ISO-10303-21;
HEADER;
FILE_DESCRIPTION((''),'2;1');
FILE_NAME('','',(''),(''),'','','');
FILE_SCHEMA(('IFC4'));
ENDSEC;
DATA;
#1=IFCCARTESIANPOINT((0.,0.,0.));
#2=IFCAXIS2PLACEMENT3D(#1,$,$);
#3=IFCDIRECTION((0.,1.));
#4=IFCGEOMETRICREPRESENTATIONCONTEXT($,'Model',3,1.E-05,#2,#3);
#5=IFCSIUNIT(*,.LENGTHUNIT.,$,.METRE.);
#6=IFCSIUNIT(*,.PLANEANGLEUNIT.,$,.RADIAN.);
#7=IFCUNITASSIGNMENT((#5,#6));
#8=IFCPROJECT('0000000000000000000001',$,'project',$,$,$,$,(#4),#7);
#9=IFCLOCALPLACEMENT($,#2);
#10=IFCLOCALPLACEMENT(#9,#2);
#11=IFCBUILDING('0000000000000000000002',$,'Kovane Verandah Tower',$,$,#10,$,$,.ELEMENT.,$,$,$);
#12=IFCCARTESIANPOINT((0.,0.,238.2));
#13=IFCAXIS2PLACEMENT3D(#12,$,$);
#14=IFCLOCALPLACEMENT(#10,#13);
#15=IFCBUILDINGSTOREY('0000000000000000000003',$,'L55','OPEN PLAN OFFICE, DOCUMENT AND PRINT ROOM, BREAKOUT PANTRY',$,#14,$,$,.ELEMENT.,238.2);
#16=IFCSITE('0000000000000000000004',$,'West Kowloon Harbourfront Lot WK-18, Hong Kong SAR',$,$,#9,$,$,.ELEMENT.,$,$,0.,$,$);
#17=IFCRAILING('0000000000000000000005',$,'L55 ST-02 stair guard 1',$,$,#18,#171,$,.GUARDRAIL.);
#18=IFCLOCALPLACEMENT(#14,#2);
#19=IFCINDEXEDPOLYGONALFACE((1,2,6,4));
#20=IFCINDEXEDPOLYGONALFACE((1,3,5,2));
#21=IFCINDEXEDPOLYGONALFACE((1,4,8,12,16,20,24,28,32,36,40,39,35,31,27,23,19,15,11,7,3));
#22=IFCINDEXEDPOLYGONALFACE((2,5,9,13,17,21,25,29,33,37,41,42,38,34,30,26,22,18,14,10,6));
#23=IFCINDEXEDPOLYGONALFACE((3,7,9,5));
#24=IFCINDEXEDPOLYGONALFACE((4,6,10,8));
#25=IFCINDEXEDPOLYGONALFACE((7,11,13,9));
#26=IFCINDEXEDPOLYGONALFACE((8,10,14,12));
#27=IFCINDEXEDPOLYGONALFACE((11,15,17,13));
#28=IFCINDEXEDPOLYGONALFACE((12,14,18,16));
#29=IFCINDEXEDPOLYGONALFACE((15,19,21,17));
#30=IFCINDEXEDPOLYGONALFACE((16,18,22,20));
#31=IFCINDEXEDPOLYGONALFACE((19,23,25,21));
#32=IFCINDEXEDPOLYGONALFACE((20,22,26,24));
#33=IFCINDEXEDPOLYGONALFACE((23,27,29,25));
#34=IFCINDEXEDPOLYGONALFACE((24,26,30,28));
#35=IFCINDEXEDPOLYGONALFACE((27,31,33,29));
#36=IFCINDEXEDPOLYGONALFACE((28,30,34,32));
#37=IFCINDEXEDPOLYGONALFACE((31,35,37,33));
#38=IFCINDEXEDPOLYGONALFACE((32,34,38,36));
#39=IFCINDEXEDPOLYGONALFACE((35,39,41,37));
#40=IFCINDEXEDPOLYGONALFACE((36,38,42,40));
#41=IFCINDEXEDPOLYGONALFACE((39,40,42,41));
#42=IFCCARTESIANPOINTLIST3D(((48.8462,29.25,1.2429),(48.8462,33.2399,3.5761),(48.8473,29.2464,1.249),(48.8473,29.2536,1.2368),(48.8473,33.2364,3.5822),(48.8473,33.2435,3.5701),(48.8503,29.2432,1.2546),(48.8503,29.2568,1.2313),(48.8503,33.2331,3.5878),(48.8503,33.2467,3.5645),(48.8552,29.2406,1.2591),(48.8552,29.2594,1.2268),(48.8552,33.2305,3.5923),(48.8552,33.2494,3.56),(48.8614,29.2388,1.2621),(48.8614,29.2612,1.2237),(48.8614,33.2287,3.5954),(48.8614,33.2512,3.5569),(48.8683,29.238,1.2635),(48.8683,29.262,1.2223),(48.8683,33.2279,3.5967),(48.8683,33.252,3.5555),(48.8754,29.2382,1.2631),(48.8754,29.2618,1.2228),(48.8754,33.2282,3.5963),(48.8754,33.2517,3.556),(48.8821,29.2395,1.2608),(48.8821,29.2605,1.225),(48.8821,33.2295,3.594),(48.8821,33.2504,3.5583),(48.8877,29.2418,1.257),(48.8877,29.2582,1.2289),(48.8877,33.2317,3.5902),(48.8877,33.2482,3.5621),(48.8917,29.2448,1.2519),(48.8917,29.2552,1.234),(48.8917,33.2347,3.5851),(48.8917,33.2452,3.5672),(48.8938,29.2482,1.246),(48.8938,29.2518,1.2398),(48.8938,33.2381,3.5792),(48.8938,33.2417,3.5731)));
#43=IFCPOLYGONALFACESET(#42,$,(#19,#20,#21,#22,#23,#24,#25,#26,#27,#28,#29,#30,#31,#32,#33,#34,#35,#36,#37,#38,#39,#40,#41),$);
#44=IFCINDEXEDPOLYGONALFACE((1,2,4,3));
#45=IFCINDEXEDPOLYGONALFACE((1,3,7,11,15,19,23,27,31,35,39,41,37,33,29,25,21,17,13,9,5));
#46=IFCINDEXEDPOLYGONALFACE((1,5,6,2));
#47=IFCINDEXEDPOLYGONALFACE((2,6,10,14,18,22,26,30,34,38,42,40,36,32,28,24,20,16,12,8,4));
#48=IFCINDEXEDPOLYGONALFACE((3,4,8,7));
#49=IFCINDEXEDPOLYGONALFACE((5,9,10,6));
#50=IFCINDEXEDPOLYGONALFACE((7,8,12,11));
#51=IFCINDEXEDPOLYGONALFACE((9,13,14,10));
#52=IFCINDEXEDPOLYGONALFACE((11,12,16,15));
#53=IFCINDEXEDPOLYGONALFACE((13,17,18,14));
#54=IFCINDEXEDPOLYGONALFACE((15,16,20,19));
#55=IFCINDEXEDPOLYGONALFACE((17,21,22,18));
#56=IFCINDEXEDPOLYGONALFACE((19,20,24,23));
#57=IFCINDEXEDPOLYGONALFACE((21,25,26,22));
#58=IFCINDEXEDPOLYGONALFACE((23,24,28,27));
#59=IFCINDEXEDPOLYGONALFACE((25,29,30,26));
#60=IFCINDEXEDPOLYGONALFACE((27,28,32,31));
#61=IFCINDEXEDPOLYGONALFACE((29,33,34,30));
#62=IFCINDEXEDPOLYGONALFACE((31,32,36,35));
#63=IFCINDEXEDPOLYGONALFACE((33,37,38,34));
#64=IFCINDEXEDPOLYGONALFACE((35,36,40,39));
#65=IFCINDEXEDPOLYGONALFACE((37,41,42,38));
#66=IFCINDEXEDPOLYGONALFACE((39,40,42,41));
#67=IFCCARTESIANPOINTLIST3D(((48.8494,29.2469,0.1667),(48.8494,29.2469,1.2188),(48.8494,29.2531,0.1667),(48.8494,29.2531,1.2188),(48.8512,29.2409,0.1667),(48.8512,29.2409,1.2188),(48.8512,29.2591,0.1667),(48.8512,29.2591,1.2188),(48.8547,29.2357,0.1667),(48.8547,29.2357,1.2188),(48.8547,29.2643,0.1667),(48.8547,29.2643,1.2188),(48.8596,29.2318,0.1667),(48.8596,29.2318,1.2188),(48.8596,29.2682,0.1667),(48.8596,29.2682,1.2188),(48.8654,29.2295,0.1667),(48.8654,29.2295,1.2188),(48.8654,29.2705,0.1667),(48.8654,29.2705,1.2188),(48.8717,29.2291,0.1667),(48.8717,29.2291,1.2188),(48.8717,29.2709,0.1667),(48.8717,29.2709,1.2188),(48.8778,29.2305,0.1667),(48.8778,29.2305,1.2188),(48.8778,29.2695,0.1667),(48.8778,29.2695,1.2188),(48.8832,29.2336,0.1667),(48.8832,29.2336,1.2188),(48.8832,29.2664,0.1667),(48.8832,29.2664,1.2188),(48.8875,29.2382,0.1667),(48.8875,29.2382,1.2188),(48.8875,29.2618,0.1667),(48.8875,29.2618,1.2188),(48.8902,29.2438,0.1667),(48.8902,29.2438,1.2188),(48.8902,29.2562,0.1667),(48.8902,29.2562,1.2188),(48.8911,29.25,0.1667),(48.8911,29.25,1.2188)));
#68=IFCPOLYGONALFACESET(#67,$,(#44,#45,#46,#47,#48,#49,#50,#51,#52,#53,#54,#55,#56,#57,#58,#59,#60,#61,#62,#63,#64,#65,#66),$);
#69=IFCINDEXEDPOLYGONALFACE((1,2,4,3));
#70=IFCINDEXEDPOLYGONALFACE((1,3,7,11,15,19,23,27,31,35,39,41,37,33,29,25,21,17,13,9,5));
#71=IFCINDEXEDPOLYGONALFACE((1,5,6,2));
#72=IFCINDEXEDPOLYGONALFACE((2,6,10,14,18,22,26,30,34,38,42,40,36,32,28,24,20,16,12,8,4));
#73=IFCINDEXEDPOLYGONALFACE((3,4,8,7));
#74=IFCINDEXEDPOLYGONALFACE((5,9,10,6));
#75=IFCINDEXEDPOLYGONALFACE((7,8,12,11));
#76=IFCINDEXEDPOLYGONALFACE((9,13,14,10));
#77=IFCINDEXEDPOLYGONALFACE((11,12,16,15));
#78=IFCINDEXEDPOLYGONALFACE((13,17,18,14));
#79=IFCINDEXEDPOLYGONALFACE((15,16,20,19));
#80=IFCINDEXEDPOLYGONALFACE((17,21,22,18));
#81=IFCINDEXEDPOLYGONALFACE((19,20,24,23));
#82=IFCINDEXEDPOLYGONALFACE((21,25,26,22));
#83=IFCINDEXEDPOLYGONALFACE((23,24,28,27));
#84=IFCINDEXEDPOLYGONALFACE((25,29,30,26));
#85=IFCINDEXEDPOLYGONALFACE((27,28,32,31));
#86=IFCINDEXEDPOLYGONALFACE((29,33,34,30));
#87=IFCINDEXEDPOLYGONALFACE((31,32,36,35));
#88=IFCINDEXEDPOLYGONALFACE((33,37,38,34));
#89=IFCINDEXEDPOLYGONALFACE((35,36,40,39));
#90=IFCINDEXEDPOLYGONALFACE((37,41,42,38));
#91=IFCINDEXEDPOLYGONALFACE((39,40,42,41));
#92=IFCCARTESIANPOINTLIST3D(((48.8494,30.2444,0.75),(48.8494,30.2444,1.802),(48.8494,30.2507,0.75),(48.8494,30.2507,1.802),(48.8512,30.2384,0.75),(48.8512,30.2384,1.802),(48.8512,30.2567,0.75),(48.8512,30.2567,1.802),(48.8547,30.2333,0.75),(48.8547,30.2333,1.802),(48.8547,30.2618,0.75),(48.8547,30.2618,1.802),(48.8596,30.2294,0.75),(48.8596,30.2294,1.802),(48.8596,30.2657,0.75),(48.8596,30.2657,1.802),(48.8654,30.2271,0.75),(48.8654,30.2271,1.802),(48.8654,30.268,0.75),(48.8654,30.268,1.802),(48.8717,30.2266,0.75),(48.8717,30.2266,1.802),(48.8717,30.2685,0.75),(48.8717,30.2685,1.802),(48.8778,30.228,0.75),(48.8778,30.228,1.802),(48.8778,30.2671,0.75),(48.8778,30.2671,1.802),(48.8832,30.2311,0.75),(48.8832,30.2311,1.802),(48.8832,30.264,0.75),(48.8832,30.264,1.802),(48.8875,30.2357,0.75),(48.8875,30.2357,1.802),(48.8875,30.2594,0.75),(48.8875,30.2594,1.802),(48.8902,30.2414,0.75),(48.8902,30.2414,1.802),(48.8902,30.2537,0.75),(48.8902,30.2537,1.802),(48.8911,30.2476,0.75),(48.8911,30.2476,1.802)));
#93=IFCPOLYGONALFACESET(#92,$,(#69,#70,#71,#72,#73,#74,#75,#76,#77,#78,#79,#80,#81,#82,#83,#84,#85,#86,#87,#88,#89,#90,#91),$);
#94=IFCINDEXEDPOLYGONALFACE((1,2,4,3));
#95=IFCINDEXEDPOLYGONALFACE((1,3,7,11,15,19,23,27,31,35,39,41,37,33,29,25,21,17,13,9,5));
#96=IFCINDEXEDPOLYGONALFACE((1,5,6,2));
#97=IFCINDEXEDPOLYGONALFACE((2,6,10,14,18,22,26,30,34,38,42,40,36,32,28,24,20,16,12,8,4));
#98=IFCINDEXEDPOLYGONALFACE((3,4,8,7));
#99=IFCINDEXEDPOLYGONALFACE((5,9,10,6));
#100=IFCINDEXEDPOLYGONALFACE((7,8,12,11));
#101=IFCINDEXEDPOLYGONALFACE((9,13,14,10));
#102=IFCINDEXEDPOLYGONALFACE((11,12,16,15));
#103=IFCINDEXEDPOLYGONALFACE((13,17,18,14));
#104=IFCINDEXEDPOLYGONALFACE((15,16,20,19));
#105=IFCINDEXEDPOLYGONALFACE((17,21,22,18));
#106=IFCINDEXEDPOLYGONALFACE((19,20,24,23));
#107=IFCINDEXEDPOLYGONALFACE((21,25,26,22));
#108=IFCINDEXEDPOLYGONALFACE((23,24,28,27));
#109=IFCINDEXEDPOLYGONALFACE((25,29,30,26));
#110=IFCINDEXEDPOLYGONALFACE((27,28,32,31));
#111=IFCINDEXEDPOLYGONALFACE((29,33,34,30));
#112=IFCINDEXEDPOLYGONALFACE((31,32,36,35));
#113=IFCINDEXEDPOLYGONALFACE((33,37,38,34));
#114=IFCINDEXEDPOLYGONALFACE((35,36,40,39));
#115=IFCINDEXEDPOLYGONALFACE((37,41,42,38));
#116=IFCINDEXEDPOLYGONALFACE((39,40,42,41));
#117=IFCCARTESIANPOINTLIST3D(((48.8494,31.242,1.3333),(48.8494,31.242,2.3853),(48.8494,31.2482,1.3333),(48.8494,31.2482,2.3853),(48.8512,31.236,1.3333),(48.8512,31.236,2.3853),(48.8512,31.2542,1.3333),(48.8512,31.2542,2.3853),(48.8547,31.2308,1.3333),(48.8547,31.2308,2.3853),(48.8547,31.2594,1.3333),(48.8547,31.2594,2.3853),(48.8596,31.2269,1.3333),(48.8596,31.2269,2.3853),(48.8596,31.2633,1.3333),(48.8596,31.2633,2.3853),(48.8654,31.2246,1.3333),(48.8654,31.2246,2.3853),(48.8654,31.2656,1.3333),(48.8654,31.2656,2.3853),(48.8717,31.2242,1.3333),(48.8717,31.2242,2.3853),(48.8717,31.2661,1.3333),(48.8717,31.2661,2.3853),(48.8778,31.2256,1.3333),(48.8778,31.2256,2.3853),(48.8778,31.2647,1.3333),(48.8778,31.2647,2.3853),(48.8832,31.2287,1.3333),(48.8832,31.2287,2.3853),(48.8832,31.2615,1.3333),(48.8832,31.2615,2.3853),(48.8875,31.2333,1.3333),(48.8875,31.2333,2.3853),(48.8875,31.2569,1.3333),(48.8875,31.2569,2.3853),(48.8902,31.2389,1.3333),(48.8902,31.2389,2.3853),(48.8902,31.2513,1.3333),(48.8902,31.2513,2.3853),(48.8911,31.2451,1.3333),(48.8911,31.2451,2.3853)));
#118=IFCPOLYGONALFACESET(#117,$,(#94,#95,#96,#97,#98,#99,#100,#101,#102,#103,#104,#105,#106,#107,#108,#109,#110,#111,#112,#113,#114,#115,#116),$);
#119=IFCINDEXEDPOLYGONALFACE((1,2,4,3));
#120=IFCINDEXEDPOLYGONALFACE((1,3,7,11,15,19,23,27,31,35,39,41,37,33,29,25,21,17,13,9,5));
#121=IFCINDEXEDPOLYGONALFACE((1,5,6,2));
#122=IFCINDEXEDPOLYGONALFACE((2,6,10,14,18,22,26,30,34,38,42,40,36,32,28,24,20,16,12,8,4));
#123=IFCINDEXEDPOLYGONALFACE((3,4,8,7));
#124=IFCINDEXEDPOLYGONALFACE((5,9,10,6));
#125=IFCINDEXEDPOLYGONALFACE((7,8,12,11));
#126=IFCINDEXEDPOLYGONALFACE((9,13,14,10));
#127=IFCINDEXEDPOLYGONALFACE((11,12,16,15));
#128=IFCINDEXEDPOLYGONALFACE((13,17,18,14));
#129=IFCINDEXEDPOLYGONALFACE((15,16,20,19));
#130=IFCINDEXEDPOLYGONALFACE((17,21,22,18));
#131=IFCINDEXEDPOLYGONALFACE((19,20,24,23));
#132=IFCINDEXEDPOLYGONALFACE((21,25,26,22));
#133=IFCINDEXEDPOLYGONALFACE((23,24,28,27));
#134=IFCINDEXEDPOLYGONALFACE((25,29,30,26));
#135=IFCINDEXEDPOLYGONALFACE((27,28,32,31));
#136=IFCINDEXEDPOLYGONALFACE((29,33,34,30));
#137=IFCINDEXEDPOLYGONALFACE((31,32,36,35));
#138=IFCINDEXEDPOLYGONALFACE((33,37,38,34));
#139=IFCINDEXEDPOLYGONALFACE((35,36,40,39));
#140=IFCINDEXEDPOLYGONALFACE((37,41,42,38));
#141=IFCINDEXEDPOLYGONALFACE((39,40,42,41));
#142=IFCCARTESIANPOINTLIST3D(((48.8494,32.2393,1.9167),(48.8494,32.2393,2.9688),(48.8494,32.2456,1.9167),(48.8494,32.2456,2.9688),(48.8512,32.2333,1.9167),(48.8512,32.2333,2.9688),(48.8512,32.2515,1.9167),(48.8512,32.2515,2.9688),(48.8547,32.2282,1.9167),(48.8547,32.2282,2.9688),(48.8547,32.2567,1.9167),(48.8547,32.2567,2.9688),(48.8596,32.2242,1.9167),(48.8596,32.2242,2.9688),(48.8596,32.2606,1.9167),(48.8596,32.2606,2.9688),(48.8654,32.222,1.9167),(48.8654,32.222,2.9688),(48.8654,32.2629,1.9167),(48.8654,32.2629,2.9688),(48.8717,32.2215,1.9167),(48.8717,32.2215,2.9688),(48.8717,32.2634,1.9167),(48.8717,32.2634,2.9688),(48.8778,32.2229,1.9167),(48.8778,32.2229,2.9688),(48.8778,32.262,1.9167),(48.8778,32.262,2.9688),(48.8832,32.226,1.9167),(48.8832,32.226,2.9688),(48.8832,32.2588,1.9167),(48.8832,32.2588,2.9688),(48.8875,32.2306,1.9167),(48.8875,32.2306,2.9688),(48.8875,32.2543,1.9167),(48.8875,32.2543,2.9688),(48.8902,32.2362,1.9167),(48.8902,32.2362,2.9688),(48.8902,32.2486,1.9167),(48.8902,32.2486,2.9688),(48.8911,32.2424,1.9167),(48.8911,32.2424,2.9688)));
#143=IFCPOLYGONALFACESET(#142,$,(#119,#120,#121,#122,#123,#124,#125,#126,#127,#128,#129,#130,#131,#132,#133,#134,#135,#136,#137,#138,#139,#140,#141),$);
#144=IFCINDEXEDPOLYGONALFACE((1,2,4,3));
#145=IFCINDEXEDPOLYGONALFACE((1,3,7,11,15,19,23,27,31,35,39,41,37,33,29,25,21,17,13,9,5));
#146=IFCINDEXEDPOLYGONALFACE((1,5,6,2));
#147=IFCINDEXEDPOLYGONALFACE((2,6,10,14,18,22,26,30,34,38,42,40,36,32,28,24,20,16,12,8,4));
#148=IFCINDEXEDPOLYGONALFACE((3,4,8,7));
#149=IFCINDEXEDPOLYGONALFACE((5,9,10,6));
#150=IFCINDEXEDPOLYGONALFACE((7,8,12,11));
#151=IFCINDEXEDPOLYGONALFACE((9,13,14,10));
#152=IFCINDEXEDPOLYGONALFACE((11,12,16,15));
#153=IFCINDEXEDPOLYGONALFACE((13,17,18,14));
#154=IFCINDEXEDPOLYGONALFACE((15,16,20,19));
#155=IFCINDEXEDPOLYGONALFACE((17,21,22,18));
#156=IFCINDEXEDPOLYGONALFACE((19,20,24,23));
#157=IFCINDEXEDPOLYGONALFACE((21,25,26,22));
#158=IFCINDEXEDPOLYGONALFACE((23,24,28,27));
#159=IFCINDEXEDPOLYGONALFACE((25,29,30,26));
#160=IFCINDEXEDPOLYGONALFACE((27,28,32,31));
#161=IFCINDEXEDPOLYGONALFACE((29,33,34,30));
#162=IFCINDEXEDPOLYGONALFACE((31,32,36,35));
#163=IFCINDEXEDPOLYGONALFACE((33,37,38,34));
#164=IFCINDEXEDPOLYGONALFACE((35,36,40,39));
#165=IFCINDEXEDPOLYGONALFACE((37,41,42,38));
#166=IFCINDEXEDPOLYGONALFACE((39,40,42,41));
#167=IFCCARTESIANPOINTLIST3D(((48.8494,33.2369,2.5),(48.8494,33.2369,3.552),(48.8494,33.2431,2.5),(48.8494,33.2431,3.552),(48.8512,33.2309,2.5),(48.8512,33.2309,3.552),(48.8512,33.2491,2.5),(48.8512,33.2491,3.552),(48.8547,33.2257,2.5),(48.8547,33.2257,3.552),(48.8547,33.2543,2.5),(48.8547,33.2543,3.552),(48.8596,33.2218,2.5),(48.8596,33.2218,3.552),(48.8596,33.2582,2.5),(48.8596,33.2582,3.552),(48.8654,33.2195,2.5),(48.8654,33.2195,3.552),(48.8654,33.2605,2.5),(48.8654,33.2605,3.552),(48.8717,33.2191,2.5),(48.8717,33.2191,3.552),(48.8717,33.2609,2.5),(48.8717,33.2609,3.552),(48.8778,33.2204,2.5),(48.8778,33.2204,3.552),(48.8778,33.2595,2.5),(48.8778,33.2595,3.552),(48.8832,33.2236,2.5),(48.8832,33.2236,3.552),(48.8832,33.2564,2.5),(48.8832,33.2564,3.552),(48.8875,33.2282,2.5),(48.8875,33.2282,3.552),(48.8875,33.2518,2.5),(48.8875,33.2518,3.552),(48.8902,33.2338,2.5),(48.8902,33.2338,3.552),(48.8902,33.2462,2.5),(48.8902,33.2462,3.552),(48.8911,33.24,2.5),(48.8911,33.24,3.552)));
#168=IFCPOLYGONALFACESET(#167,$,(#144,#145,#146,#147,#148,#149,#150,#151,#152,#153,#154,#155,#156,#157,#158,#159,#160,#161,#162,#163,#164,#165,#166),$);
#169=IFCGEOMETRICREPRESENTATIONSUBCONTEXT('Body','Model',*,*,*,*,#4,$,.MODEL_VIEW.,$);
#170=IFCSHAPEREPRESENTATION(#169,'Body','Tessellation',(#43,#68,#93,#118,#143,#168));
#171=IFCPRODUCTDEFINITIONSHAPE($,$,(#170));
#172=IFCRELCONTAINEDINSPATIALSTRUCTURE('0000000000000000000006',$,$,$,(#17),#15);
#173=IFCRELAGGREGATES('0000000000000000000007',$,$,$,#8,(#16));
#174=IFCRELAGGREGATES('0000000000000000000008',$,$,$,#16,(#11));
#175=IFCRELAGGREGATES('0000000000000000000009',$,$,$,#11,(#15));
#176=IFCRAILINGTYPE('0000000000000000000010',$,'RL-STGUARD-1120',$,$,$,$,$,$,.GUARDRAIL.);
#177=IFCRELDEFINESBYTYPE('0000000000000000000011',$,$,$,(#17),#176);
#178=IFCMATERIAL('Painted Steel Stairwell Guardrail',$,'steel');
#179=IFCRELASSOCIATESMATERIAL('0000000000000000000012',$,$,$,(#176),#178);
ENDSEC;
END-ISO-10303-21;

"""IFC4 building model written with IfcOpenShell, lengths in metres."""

from ifc_helpers import new_model, si_unit, direction, frame, origin, origin_2d, place, context, subcontext, project, spatial, circle, extrude, material, type_object, element, save


model = new_model("IFC4")

# Units and contexts
model_context = context("Model", 3, precision=1e-05, world=origin(), true_north=direction((0.0, 1.0)))
body_context = subcontext(model_context, "Body", "Model", "MODEL_VIEW")
ifc_project = project(units=[si_unit("LENGTHUNIT", "METRE"), si_unit("PLANEANGLEUNIT", "RADIAN")], contexts=[model_context])

# Site, building, storey
site_placement = place(None, origin())
site = spatial("IfcSite", under=ifc_project, at=site_placement, Name="West Kowloon Harbourfront Lot WK-18, Hong Kong SAR", CompositionType="ELEMENT", RefElevation=0.0)
building_placement = place(site_placement, origin())
building = spatial("IfcBuilding", under=site, at=building_placement, Name="Kovane Verandah Tower", CompositionType="ELEMENT")
storey_placement = place(building_placement, frame((0.0, 0.0, 238.2)))
storey = spatial("IfcBuildingStorey", under=building, at=storey_placement, Name="L55", Description="OPEN PLAN OFFICE, DOCUMENT AND PRINT ROOM, BREAKOUT PANTRY", CompositionType="ELEMENT", Elevation=238.2)

# Railing
ifc_material_1 = material(Name="Painted Steel Stairwell Guardrail", Category="steel")
railing_type_1 = type_object("IfcRailingType", Name="RL-STGUARD-1120", PredefinedType="GUARDRAIL", material=ifc_material_1)
railing_1_placement = place(storey_placement, frame((48.8701, 29.25, 0.1667)))
element("IfcRailing", 1, at=railing_1_placement, inside=storey, type_object=railing_type_1, Name="L55 ST-02 stair guard 1", PredefinedType="GUARDRAIL", context=body_context, shape_type="SweptSolid", body=[
    extrude(circle(Radius=0.0239, at=origin_2d()), frame((0.0, 0.0, 1.0762), z_axis=(0.0, 0.863236, 0.5048), x_axis=(-1.0, 0.0, 0.0)), (0.0, 0.0, 1.0), 4.6221),
    extrude(circle(Radius=0.021, at=origin_2d()), origin(), (0.0, 0.0, 1.0), 1.052),
    extrude(circle(Radius=0.021, at=origin_2d()), frame((0.0, 0.9976, 0.5833)), (0.0, 0.0, 1.0), 1.052),
    extrude(circle(Radius=0.021, at=origin_2d()), frame((0.0, 1.9951, 1.1665)), (0.0, 0.0, 1.0), 1.052),
    extrude(circle(Radius=0.021, at=origin_2d()), frame((0.0, 2.9924, 1.75)), (0.0, 0.0, 1.0), 1.052),
    extrude(circle(Radius=0.021, at=origin_2d()), frame((0.0, 3.99, 2.3333)), (0.0, 0.0, 1.0), 1.052),
])

save(model, "model.ifc")
